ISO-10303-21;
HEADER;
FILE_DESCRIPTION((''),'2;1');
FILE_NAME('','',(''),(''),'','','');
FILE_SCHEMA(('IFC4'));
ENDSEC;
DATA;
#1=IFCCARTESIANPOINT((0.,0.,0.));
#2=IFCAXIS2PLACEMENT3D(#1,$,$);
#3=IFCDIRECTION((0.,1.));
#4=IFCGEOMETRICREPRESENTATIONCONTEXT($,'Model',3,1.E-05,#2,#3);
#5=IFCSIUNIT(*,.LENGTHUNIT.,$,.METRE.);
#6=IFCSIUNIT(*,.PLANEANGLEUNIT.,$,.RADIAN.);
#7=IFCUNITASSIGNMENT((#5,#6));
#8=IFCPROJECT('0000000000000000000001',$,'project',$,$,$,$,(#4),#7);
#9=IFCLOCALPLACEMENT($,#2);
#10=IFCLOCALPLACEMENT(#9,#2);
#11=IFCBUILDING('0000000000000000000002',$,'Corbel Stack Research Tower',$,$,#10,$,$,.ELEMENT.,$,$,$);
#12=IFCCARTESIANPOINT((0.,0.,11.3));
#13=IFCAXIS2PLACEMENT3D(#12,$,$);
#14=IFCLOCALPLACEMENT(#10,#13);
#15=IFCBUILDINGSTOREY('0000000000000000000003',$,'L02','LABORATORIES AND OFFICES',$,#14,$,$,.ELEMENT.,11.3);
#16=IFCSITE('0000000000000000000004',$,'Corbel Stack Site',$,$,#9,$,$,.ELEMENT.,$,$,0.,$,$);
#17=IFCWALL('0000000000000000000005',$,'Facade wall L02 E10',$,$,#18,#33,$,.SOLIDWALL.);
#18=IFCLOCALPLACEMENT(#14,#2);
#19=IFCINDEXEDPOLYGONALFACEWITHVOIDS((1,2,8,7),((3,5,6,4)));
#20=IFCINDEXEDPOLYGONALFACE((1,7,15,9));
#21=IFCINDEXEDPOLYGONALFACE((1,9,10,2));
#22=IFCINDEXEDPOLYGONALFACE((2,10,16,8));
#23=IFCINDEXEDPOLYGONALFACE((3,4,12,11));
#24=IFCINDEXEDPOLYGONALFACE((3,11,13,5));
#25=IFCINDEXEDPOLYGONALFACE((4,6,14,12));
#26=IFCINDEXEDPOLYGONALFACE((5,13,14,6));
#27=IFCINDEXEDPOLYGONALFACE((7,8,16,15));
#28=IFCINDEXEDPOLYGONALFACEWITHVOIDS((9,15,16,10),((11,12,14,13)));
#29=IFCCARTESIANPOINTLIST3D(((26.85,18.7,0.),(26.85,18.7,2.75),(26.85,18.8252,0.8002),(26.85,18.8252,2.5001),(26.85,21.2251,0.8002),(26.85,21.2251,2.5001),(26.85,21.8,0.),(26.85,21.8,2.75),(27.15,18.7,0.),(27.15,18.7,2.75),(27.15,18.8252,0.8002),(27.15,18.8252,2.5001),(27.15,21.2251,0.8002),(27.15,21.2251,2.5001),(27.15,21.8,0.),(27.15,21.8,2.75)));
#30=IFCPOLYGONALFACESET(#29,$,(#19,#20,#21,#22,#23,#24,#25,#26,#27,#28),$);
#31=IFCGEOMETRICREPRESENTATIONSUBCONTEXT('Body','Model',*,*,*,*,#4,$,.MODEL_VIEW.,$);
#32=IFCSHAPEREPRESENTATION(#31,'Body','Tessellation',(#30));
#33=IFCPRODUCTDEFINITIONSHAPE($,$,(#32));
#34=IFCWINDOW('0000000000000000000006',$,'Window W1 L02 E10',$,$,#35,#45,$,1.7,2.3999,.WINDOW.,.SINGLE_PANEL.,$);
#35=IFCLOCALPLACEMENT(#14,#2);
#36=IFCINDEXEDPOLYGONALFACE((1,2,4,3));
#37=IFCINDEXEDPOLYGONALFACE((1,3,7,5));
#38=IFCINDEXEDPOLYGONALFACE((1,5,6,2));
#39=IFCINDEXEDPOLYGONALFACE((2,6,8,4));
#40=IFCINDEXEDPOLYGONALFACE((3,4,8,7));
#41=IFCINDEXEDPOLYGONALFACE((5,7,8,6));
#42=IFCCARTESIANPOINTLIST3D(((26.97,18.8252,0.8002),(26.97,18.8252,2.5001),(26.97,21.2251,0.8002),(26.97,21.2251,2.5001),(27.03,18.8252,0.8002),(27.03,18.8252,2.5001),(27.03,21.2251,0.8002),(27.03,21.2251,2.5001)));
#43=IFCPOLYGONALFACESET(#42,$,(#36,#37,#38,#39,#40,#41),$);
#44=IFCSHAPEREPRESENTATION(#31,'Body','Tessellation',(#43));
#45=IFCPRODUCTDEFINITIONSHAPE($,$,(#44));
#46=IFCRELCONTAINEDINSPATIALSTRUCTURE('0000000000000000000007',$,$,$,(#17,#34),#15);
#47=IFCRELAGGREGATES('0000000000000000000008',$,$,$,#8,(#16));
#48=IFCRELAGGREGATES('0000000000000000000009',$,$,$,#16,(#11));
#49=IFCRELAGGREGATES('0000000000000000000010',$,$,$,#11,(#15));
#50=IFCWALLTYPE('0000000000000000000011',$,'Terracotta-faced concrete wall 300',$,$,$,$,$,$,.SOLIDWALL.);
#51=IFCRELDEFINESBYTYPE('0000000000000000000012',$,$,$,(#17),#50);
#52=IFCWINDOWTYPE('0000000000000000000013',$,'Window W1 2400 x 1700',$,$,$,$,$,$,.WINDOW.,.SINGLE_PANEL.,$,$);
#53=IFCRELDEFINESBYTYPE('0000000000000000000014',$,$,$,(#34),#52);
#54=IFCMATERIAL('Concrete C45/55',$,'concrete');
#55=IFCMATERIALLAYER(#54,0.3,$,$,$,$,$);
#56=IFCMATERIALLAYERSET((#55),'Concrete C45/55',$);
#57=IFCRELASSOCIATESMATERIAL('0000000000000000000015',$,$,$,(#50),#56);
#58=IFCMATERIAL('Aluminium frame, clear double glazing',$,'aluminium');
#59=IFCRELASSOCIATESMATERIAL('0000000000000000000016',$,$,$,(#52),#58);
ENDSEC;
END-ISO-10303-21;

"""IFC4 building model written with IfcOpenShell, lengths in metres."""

from ifc_helpers import new_model, si_unit, direction, frame, frame_2d, origin, place, context, subcontext, project, spatial, rectangle, extrude, material, layer, layer_set, type_object, element, fill, save


model = new_model("IFC4")

# Units and contexts
model_context = context("Model", 3, precision=1e-05, world=origin(), true_north=direction((0.0, 1.0)))
body_context = subcontext(model_context, "Body", "Model", "MODEL_VIEW")
ifc_project = project(units=[si_unit("LENGTHUNIT", "METRE"), si_unit("PLANEANGLEUNIT", "RADIAN")], contexts=[model_context])

# Site, building, storey
site_placement = place(None, origin())
site = spatial("IfcSite", under=ifc_project, at=site_placement, Name="Corbel Stack Site", CompositionType="ELEMENT", RefElevation=0.0)
building_placement = place(site_placement, origin())
building = spatial("IfcBuilding", under=site, at=building_placement, Name="Corbel Stack Research Tower", CompositionType="ELEMENT")
storey_placement = place(building_placement, frame((0.0, 0.0, 11.3)))
storey = spatial("IfcBuildingStorey", under=building, at=storey_placement, Name="L02", Description="LABORATORIES AND OFFICES", CompositionType="ELEMENT", Elevation=11.3)

# Shared definitions
ifc_material_1 = material(Name="Concrete C45/55", Category="concrete")
ifc_layer_1 = layer(ifc_material_1, 0.3)
ifc_layer_set_1 = layer_set([ifc_layer_1], Name="Concrete C45/55")
wall_type_1 = type_object("IfcWallType", Name="Terracotta-faced concrete wall 300", PredefinedType="SOLIDWALL", material=ifc_layer_set_1)
ifc_material_2 = material(Name="Aluminium frame, clear double glazing", Category="aluminium")
window_type = type_object("IfcWindowType", Name="Window W1 2400 x 1700", PartitioningType="SINGLE_PANEL", PredefinedType="WINDOW", material=ifc_material_2)

# Wall, opening, window
wall_1_placement = place(storey_placement, frame((27.0, 21.8, 0.0), z_axis=(0.0, 0.0, 1.0), x_axis=(0.0, -1.0, 0.0)))
wall_1 = element("IfcWall", 1, at=wall_1_placement, inside=storey, type_object=wall_type_1, Name="Facade wall L02 E10", PredefinedType="SOLIDWALL", context=body_context, shape_type="SweptSolid", body=[
    extrude(rectangle(XDim=3.1001, YDim=0.3, at=frame_2d((1.55, 0.0))), origin(), (0.0, 0.0, 1.0), 2.75),
])
opening_1_placement = place(wall_1_placement, frame((0.575, 0.0, 0.8)))
opening_1 = element("IfcOpeningElement", 2, at=opening_1_placement, cuts=wall_1, PredefinedType="OPENING", context=body_context, shape_type="SweptSolid", body=[
    extrude(rectangle(XDim=2.3999, YDim=1.7, at=frame_2d((1.2, 0.8501))), frame((0.0, 0.1599, 0.0), z_axis=(0.0, -1.0, 0.0), x_axis=(1.0, 0.0, 0.0)), (0.0, 0.0, 1.0), 0.3201),
])
window_1_placement = place(opening_1_placement, origin())
window_1 = element("IfcWindow", 3, at=window_1_placement, inside=storey, type_object=window_type, Name="Window W1 L02 E10", OverallHeight=1.7, OverallWidth=2.3999, PartitioningType="SINGLE_PANEL", PredefinedType="WINDOW", context=body_context, shape_type="SweptSolid", body=[
    extrude(rectangle(XDim=2.3999, YDim=1.7, at=frame_2d((1.2, 0.8501))), frame((0.0, 0.03, 0.0), z_axis=(0.0, -1.0, 0.0), x_axis=(1.0, 0.0, 0.0)), (0.0, 0.0, 1.0), 0.0601),
])
fill(opening_1, window_1)

save(model, "model.ifc")
